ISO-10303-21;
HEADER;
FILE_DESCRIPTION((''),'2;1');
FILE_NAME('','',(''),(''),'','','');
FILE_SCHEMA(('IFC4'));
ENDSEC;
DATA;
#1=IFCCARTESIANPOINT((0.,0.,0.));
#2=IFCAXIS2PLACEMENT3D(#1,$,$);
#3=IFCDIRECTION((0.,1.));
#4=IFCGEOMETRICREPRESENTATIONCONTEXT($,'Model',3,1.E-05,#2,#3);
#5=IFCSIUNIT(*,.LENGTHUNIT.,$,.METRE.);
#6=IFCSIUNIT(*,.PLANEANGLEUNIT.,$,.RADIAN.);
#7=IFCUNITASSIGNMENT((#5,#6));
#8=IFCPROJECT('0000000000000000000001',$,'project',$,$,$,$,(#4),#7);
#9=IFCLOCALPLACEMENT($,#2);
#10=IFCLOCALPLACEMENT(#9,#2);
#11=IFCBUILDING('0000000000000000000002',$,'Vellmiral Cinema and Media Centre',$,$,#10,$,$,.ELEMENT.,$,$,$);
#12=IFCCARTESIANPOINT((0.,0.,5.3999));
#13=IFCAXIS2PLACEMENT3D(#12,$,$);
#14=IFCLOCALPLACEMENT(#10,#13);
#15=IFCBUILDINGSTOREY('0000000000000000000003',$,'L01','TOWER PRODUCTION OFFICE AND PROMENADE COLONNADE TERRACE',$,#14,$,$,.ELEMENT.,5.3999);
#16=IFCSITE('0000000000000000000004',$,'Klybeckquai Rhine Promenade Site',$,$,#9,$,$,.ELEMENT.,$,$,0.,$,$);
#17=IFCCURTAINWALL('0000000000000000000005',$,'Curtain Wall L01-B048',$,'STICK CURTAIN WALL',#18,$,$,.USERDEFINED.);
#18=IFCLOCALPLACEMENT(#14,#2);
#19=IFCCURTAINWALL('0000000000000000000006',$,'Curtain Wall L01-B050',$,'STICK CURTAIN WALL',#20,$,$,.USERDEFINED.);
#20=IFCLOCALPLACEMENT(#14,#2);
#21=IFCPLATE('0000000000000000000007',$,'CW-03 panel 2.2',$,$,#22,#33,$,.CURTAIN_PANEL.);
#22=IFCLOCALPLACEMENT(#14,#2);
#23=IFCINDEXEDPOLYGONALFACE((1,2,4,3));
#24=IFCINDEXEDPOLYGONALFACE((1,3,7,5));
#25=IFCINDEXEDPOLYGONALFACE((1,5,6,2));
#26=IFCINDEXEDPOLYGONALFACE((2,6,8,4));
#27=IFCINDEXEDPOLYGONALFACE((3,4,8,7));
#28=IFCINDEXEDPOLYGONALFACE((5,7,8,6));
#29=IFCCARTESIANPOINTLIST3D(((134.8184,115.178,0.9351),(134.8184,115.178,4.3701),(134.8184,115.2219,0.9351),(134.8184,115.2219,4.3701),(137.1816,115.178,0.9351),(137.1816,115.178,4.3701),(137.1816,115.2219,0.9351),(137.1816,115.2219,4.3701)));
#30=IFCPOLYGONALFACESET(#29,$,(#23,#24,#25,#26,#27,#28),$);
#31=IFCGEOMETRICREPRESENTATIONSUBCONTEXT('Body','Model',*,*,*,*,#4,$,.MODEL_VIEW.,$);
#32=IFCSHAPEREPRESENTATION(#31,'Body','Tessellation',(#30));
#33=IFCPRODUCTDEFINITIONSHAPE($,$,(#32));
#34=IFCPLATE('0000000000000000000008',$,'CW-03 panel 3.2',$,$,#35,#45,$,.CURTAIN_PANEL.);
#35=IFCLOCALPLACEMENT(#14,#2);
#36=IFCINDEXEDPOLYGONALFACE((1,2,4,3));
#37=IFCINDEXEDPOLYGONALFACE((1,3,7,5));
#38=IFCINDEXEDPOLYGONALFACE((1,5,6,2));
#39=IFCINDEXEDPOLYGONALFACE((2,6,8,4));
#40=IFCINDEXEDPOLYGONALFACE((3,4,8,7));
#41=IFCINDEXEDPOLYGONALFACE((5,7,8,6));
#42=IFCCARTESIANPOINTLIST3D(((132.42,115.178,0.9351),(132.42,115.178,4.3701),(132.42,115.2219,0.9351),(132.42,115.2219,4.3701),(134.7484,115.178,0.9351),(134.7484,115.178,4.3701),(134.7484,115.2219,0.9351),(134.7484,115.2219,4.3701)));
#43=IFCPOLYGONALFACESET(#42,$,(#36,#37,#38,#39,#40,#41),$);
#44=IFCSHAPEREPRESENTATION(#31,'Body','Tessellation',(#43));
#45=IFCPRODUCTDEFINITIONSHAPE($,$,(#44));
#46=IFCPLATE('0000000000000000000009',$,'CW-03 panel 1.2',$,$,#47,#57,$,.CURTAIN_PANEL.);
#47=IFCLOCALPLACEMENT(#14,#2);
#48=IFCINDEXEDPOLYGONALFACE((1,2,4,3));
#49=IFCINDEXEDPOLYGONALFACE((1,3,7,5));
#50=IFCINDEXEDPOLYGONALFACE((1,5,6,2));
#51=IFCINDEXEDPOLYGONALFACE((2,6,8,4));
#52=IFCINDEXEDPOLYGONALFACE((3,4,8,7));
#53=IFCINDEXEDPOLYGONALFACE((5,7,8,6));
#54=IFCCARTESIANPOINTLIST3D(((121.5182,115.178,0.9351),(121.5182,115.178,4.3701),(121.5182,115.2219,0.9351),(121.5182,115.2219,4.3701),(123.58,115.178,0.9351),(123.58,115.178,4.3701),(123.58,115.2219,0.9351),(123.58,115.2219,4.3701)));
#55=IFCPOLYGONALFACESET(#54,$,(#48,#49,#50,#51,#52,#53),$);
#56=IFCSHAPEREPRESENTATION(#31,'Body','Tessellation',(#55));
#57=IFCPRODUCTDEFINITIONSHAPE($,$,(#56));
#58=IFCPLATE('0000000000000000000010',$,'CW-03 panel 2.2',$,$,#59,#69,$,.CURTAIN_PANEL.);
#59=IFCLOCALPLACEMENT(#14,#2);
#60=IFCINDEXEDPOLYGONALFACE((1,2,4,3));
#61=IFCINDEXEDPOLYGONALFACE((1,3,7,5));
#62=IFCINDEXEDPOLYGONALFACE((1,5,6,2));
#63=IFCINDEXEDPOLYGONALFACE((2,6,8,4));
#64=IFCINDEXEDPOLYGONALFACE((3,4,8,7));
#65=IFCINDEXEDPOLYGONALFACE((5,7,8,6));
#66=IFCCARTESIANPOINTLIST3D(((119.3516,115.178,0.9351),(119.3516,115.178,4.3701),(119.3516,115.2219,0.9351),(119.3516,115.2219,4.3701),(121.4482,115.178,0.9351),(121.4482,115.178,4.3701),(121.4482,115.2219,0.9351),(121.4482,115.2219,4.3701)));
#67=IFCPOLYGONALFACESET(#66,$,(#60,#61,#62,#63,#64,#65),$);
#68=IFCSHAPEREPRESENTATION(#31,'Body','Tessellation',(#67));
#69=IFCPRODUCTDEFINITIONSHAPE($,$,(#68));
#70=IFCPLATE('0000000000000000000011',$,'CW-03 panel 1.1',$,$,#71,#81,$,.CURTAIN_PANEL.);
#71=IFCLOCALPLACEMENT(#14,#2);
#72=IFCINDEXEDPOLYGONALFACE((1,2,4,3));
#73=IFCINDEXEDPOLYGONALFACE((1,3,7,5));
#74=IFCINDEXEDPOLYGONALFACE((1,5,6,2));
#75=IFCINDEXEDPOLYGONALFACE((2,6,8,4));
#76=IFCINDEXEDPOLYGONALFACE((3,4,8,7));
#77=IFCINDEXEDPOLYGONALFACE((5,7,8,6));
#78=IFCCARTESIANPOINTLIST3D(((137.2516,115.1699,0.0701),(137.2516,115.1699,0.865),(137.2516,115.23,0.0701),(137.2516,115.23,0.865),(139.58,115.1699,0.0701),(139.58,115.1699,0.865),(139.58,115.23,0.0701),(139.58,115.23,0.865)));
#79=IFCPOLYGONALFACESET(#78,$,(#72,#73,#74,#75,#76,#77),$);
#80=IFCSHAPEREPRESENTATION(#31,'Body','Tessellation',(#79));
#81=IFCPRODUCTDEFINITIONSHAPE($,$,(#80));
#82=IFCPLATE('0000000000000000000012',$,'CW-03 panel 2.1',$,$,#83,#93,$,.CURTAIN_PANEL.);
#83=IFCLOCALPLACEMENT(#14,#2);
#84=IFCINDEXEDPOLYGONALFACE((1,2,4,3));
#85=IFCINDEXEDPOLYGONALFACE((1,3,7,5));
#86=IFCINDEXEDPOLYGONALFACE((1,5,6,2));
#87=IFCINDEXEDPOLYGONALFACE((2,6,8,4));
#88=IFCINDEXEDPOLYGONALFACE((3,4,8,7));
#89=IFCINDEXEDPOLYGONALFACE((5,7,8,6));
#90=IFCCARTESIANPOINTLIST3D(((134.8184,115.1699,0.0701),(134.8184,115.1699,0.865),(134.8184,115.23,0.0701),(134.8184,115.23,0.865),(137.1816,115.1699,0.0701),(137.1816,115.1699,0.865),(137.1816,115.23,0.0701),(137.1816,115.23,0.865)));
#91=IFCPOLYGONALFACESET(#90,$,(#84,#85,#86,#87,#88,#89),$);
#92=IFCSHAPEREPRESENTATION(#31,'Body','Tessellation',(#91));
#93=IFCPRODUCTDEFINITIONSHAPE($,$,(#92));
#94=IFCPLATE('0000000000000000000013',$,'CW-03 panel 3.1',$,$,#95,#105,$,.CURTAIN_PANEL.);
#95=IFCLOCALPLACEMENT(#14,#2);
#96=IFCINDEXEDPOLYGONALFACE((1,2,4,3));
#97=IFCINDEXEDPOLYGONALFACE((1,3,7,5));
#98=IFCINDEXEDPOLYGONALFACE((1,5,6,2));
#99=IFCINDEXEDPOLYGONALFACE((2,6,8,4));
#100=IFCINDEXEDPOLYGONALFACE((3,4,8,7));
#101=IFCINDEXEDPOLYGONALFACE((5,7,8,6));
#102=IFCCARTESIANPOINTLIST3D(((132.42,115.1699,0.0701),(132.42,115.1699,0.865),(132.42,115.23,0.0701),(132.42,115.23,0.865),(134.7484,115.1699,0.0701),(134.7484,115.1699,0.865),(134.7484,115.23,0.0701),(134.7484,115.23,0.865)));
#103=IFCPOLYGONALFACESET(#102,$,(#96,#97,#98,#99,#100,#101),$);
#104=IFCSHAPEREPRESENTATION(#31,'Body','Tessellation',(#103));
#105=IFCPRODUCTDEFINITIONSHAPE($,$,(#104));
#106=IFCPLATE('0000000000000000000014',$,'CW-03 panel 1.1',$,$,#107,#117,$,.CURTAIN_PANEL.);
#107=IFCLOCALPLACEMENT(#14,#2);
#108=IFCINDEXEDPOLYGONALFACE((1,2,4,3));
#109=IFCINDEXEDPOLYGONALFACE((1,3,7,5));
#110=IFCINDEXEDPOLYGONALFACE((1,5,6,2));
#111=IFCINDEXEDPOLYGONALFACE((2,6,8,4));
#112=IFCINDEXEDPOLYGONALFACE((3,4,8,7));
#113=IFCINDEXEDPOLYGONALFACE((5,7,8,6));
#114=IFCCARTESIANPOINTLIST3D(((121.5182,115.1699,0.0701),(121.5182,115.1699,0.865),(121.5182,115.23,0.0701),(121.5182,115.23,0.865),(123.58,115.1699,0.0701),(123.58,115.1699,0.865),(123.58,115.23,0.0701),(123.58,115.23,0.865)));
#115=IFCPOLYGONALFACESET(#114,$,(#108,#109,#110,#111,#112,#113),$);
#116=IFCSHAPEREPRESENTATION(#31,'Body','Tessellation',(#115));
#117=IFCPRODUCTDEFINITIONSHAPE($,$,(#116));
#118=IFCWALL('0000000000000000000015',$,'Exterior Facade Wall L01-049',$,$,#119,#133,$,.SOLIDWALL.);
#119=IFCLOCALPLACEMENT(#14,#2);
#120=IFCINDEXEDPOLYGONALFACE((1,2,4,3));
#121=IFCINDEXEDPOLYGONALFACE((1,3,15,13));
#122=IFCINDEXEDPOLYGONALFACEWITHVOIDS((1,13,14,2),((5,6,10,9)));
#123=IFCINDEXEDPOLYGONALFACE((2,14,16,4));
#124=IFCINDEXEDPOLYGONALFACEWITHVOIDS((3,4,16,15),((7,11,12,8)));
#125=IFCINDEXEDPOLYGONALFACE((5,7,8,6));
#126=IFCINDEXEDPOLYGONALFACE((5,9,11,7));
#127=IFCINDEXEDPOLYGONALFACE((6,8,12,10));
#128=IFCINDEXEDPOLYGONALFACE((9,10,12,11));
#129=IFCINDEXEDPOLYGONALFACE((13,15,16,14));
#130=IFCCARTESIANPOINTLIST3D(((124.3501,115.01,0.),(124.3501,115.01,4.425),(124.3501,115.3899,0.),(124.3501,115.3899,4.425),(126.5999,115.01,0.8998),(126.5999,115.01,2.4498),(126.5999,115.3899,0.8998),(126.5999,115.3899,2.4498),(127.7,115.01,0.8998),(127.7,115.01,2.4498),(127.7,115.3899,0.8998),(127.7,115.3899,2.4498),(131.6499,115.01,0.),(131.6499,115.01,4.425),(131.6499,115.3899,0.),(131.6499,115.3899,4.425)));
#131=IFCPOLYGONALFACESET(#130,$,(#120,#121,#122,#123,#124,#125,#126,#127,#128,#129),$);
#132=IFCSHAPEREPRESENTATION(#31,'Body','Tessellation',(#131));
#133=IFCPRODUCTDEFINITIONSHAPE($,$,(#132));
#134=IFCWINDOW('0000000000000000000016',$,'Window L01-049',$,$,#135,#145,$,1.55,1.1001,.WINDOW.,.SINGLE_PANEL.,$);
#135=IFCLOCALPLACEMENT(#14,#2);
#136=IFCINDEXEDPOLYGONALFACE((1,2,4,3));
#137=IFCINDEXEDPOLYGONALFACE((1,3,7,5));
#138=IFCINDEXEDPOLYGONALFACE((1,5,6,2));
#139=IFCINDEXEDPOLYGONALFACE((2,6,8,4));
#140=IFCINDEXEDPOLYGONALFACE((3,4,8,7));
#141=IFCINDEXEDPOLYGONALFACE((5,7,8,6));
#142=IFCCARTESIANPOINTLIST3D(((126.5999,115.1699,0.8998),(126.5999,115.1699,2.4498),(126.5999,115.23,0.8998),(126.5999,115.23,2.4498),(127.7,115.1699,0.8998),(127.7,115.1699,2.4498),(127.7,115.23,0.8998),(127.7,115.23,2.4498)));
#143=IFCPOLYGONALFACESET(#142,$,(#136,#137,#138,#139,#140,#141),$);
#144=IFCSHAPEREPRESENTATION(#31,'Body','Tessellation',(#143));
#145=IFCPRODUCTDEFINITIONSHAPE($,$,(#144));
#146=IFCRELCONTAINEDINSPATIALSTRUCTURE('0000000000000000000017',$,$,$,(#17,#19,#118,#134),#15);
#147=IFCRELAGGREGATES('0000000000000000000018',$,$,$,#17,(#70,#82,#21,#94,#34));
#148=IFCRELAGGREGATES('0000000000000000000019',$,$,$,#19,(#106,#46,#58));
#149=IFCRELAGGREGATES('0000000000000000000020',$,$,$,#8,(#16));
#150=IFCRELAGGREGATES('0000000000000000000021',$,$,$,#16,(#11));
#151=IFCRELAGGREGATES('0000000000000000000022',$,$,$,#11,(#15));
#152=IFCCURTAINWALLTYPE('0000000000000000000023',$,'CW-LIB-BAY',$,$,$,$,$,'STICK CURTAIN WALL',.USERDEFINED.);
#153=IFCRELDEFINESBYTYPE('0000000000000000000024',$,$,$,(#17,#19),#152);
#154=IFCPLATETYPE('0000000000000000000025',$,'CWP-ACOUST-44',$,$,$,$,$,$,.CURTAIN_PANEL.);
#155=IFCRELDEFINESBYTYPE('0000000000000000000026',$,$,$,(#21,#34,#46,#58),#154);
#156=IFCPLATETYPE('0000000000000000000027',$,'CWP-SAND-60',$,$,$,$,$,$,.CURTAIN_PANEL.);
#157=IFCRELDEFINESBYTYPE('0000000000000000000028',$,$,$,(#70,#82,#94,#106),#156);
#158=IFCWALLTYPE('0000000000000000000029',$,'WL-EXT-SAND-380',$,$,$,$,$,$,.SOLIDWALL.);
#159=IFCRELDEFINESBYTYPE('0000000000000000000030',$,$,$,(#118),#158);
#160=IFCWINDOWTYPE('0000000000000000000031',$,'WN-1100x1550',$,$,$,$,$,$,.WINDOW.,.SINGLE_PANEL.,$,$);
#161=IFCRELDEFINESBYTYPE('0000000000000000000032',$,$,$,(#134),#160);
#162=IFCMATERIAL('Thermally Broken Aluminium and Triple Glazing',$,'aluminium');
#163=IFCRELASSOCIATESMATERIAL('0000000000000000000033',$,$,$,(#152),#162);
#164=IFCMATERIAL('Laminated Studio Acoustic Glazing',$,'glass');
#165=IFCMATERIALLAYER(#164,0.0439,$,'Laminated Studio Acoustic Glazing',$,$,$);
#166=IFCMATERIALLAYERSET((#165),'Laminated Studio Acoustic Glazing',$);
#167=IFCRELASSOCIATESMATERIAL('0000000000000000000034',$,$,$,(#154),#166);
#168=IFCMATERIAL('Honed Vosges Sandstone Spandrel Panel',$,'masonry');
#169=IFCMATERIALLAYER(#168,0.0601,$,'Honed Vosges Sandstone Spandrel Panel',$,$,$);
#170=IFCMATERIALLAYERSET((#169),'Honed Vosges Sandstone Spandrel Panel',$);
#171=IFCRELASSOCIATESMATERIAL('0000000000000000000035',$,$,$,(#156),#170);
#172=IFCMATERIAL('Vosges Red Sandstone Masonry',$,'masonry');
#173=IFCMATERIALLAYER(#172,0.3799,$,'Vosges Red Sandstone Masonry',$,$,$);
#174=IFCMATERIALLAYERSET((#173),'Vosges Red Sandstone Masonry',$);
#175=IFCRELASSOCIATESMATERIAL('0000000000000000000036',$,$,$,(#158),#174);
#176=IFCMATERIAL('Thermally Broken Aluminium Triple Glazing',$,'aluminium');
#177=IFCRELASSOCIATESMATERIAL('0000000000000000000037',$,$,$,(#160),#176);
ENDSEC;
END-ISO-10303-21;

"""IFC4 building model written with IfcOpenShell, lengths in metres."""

from ifc_helpers import new_model, si_unit, direction, frame, frame_2d, origin, origin_2d, place, context, subcontext, project, spatial, rectangle, extrude, material, layer, layer_set, type_object, element, fill, aggregate, save


model = new_model("IFC4")

# Units and contexts
model_context = context("Model", 3, precision=1e-05, world=origin(), true_north=direction((0.0, 1.0)))
body_context = subcontext(model_context, "Body", "Model", "MODEL_VIEW")
ifc_project = project(units=[si_unit("LENGTHUNIT", "METRE"), si_unit("PLANEANGLEUNIT", "RADIAN")], contexts=[model_context])

# Site, building, storey
site_placement = place(None, origin())
site = spatial("IfcSite", under=ifc_project, at=site_placement, Name="Klybeckquai Rhine Promenade Site", CompositionType="ELEMENT", RefElevation=0.0)
building_placement = place(site_placement, origin())
building = spatial("IfcBuilding", under=site, at=building_placement, Name="Vellmiral Cinema and Media Centre", CompositionType="ELEMENT")
storey_placement = place(building_placement, frame((0.0, 0.0, 5.3999)))
storey = spatial("IfcBuildingStorey", under=building, at=storey_placement, Name="L01", Description="TOWER PRODUCTION OFFICE AND PROMENADE COLONNADE TERRACE", CompositionType="ELEMENT", Elevation=5.3999)

# Curtain walls
ifc_material_1 = material(Name="Thermally Broken Aluminium and Triple Glazing", Category="aluminium")
curtain_wall_type = type_object("IfcCurtainWallType", Name="CW-LIB-BAY", ElementType="STICK CURTAIN WALL", PredefinedType="USERDEFINED", material=ifc_material_1)
curtain_wall_1_placement = place(storey_placement, origin())
curtain_wall_1 = element("IfcCurtainWall", 1, at=curtain_wall_1_placement, inside=storey, type_object=curtain_wall_type, Name="Curtain Wall L01-B048", ObjectType="STICK CURTAIN WALL", PredefinedType="USERDEFINED")
curtain_wall_2_placement = place(storey_placement, origin())
curtain_wall_2 = element("IfcCurtainWall", 2, at=curtain_wall_2_placement, inside=storey, type_object=curtain_wall_type, Name="Curtain Wall L01-B050", ObjectType="STICK CURTAIN WALL", PredefinedType="USERDEFINED")

# Plates
ifc_material_2 = material(Name="Laminated Studio Acoustic Glazing", Category="glass")
ifc_layer_1 = layer(ifc_material_2, 0.0439, Name="Laminated Studio Acoustic Glazing")
ifc_layer_set_1 = layer_set([ifc_layer_1], Name="Laminated Studio Acoustic Glazing")
plate_type_1 = type_object("IfcPlateType", Name="CWP-ACOUST-44", PredefinedType="CURTAIN_PANEL", material=ifc_layer_set_1)
plate_1_placement = place(storey_placement, frame((136.0, 115.2, 0.9351), z_axis=(0.0, 0.0, 1.0), x_axis=(-1.0, 0.0, 0.0)))
plate_1 = element("IfcPlate", 3, at=plate_1_placement, type_object=plate_type_1, Name="CW-03 panel 2.2", PredefinedType="CURTAIN_PANEL", context=body_context, shape_type="SweptSolid", body=[
    extrude(rectangle(XDim=2.3633, YDim=0.0439, at=origin_2d()), origin(), (0.0, 0.0, 1.0), 3.4351),
])
plate_2_placement = place(storey_placement, frame((133.5842, 115.2, 0.9351), z_axis=(0.0, 0.0, 1.0), x_axis=(-1.0, 0.0, 0.0)))
plate_2 = element("IfcPlate", 4, at=plate_2_placement, type_object=plate_type_1, Name="CW-03 panel 3.2", PredefinedType="CURTAIN_PANEL", context=body_context, shape_type="SweptSolid", body=[
    extrude(rectangle(XDim=2.3284, YDim=0.0439, at=origin_2d()), origin(), (0.0, 0.0, 1.0), 3.4351),
])
plate_3_placement = place(storey_placement, frame((122.5491, 115.2, 0.9351), z_axis=(0.0, 0.0, 1.0), x_axis=(-1.0, 0.0, 0.0)))
plate_3 = element("IfcPlate", 5, at=plate_3_placement, type_object=plate_type_1, Name="CW-03 panel 1.2", PredefinedType="CURTAIN_PANEL", context=body_context, shape_type="SweptSolid", body=[
    extrude(rectangle(XDim=2.0618, YDim=0.0439, at=origin_2d()), origin(), (0.0, 0.0, 1.0), 3.4351),
])
plate_4_placement = place(storey_placement, frame((120.3999, 115.2, 0.9351), z_axis=(0.0, 0.0, 1.0), x_axis=(-1.0, 0.0, 0.0)))
plate_4 = element("IfcPlate", 6, at=plate_4_placement, type_object=plate_type_1, Name="CW-03 panel 2.2", PredefinedType="CURTAIN_PANEL", context=body_context, shape_type="SweptSolid", body=[
    extrude(rectangle(XDim=2.0967, YDim=0.0439, at=origin_2d()), origin(), (0.0, 0.0, 1.0), 3.4351),
])
ifc_material_3 = material(Name="Honed Vosges Sandstone Spandrel Panel", Category="masonry")
ifc_layer_2 = layer(ifc_material_3, 0.0601, Name="Honed Vosges Sandstone Spandrel Panel")
ifc_layer_set_2 = layer_set([ifc_layer_2], Name="Honed Vosges Sandstone Spandrel Panel")
plate_type_2 = type_object("IfcPlateType", Name="CWP-SAND-60", PredefinedType="CURTAIN_PANEL", material=ifc_layer_set_2)
plate_5_placement = place(storey_placement, frame((138.4158, 115.2, 0.0701), z_axis=(0.0, 0.0, 1.0), x_axis=(-1.0, 0.0, 0.0)))
plate_5 = element("IfcPlate", 7, at=plate_5_placement, type_object=plate_type_2, Name="CW-03 panel 1.1", PredefinedType="CURTAIN_PANEL", context=body_context, shape_type="SweptSolid", body=[
    extrude(rectangle(XDim=2.3284, YDim=0.0601, at=origin_2d()), origin(), (0.0, 0.0, 1.0), 0.7949),
])
plate_6_placement = place(storey_placement, frame((136.0, 115.2, 0.0701), z_axis=(0.0, 0.0, 1.0), x_axis=(-1.0, 0.0, 0.0)))
plate_6 = element("IfcPlate", 8, at=plate_6_placement, type_object=plate_type_2, Name="CW-03 panel 2.1", PredefinedType="CURTAIN_PANEL", context=body_context, shape_type="SweptSolid", body=[
    extrude(rectangle(XDim=2.3633, YDim=0.0601, at=origin_2d()), origin(), (0.0, 0.0, 1.0), 0.7949),
])
plate_7_placement = place(storey_placement, frame((133.5842, 115.2, 0.0701), z_axis=(0.0, 0.0, 1.0), x_axis=(-1.0, 0.0, 0.0)))
plate_7 = element("IfcPlate", 9, at=plate_7_placement, type_object=plate_type_2, Name="CW-03 panel 3.1", PredefinedType="CURTAIN_PANEL", context=body_context, shape_type="SweptSolid", body=[
    extrude(rectangle(XDim=2.3284, YDim=0.0601, at=origin_2d()), origin(), (0.0, 0.0, 1.0), 0.7949),
])
aggregate(curtain_wall_1, [plate_5, plate_6, plate_1, plate_7, plate_2])
plate_8_placement = place(storey_placement, frame((122.5491, 115.2, 0.0701), z_axis=(0.0, 0.0, 1.0), x_axis=(-1.0, 0.0, 0.0)))
plate_8 = element("IfcPlate", 10, at=plate_8_placement, type_object=plate_type_2, Name="CW-03 panel 1.1", PredefinedType="CURTAIN_PANEL", context=body_context, shape_type="SweptSolid", body=[
    extrude(rectangle(XDim=2.0618, YDim=0.0601, at=origin_2d()), origin(), (0.0, 0.0, 1.0), 0.7949),
])
aggregate(curtain_wall_2, [plate_8, plate_3, plate_4])

# Wall, opening, window
ifc_material_4 = material(Name="Vosges Red Sandstone Masonry", Category="masonry")
ifc_layer_3 = layer(ifc_material_4, 0.3799, Name="Vosges Red Sandstone Masonry")
ifc_layer_set_3 = layer_set([ifc_layer_3], Name="Vosges Red Sandstone Masonry")
wall_type = type_object("IfcWallType", Name="WL-EXT-SAND-380", PredefinedType="SOLIDWALL", material=ifc_layer_set_3)
wall_placement = place(storey_placement, frame((131.6499, 115.2, 0.0), z_axis=(0.0, 0.0, 1.0), x_axis=(-1.0, 0.0, 0.0)))
wall = element("IfcWall", 11, at=wall_placement, inside=storey, type_object=wall_type, Name="Exterior Facade Wall L01-049", PredefinedType="SOLIDWALL", context=body_context, shape_type="SweptSolid", body=[
    extrude(rectangle(XDim=7.2998, YDim=0.3799, at=frame_2d((3.6499, 0.0))), origin(), (0.0, 0.0, 1.0), 4.425),
])
opening_placement = place(wall_placement, frame((3.95, 0.0, 0.8999)))
opening = element("IfcOpeningElement", 12, at=opening_placement, cuts=wall, PredefinedType="OPENING", context=body_context, shape_type="SweptSolid", body=[
    extrude(rectangle(XDim=1.1001, YDim=1.55, at=frame_2d((0.55, 0.7749))), frame((0.0, 0.2019, 0.0), z_axis=(0.0, -1.0, 0.0), x_axis=(1.0, 0.0, 0.0)), (0.0, 0.0, 1.0), 0.4038),
])
ifc_material_5 = material(Name="Thermally Broken Aluminium Triple Glazing", Category="aluminium")
window_type = type_object("IfcWindowType", Name="WN-1100x1550", PartitioningType="SINGLE_PANEL", PredefinedType="WINDOW", material=ifc_material_5)
window_placement = place(opening_placement, origin())
window = element("IfcWindow", 13, at=window_placement, inside=storey, type_object=window_type, Name="Window L01-049", OverallHeight=1.55, OverallWidth=1.1001, PartitioningType="SINGLE_PANEL", PredefinedType="WINDOW", context=body_context, shape_type="SweptSolid", body=[
    extrude(rectangle(XDim=1.1001, YDim=1.55, at=frame_2d((0.55, 0.7749))), frame((0.0, 0.03, 0.0), z_axis=(0.0, -1.0, 0.0), x_axis=(1.0, 0.0, 0.0)), (0.0, 0.0, 1.0), 0.0601),
])
fill(opening, window)

save(model, "model.ifc")
